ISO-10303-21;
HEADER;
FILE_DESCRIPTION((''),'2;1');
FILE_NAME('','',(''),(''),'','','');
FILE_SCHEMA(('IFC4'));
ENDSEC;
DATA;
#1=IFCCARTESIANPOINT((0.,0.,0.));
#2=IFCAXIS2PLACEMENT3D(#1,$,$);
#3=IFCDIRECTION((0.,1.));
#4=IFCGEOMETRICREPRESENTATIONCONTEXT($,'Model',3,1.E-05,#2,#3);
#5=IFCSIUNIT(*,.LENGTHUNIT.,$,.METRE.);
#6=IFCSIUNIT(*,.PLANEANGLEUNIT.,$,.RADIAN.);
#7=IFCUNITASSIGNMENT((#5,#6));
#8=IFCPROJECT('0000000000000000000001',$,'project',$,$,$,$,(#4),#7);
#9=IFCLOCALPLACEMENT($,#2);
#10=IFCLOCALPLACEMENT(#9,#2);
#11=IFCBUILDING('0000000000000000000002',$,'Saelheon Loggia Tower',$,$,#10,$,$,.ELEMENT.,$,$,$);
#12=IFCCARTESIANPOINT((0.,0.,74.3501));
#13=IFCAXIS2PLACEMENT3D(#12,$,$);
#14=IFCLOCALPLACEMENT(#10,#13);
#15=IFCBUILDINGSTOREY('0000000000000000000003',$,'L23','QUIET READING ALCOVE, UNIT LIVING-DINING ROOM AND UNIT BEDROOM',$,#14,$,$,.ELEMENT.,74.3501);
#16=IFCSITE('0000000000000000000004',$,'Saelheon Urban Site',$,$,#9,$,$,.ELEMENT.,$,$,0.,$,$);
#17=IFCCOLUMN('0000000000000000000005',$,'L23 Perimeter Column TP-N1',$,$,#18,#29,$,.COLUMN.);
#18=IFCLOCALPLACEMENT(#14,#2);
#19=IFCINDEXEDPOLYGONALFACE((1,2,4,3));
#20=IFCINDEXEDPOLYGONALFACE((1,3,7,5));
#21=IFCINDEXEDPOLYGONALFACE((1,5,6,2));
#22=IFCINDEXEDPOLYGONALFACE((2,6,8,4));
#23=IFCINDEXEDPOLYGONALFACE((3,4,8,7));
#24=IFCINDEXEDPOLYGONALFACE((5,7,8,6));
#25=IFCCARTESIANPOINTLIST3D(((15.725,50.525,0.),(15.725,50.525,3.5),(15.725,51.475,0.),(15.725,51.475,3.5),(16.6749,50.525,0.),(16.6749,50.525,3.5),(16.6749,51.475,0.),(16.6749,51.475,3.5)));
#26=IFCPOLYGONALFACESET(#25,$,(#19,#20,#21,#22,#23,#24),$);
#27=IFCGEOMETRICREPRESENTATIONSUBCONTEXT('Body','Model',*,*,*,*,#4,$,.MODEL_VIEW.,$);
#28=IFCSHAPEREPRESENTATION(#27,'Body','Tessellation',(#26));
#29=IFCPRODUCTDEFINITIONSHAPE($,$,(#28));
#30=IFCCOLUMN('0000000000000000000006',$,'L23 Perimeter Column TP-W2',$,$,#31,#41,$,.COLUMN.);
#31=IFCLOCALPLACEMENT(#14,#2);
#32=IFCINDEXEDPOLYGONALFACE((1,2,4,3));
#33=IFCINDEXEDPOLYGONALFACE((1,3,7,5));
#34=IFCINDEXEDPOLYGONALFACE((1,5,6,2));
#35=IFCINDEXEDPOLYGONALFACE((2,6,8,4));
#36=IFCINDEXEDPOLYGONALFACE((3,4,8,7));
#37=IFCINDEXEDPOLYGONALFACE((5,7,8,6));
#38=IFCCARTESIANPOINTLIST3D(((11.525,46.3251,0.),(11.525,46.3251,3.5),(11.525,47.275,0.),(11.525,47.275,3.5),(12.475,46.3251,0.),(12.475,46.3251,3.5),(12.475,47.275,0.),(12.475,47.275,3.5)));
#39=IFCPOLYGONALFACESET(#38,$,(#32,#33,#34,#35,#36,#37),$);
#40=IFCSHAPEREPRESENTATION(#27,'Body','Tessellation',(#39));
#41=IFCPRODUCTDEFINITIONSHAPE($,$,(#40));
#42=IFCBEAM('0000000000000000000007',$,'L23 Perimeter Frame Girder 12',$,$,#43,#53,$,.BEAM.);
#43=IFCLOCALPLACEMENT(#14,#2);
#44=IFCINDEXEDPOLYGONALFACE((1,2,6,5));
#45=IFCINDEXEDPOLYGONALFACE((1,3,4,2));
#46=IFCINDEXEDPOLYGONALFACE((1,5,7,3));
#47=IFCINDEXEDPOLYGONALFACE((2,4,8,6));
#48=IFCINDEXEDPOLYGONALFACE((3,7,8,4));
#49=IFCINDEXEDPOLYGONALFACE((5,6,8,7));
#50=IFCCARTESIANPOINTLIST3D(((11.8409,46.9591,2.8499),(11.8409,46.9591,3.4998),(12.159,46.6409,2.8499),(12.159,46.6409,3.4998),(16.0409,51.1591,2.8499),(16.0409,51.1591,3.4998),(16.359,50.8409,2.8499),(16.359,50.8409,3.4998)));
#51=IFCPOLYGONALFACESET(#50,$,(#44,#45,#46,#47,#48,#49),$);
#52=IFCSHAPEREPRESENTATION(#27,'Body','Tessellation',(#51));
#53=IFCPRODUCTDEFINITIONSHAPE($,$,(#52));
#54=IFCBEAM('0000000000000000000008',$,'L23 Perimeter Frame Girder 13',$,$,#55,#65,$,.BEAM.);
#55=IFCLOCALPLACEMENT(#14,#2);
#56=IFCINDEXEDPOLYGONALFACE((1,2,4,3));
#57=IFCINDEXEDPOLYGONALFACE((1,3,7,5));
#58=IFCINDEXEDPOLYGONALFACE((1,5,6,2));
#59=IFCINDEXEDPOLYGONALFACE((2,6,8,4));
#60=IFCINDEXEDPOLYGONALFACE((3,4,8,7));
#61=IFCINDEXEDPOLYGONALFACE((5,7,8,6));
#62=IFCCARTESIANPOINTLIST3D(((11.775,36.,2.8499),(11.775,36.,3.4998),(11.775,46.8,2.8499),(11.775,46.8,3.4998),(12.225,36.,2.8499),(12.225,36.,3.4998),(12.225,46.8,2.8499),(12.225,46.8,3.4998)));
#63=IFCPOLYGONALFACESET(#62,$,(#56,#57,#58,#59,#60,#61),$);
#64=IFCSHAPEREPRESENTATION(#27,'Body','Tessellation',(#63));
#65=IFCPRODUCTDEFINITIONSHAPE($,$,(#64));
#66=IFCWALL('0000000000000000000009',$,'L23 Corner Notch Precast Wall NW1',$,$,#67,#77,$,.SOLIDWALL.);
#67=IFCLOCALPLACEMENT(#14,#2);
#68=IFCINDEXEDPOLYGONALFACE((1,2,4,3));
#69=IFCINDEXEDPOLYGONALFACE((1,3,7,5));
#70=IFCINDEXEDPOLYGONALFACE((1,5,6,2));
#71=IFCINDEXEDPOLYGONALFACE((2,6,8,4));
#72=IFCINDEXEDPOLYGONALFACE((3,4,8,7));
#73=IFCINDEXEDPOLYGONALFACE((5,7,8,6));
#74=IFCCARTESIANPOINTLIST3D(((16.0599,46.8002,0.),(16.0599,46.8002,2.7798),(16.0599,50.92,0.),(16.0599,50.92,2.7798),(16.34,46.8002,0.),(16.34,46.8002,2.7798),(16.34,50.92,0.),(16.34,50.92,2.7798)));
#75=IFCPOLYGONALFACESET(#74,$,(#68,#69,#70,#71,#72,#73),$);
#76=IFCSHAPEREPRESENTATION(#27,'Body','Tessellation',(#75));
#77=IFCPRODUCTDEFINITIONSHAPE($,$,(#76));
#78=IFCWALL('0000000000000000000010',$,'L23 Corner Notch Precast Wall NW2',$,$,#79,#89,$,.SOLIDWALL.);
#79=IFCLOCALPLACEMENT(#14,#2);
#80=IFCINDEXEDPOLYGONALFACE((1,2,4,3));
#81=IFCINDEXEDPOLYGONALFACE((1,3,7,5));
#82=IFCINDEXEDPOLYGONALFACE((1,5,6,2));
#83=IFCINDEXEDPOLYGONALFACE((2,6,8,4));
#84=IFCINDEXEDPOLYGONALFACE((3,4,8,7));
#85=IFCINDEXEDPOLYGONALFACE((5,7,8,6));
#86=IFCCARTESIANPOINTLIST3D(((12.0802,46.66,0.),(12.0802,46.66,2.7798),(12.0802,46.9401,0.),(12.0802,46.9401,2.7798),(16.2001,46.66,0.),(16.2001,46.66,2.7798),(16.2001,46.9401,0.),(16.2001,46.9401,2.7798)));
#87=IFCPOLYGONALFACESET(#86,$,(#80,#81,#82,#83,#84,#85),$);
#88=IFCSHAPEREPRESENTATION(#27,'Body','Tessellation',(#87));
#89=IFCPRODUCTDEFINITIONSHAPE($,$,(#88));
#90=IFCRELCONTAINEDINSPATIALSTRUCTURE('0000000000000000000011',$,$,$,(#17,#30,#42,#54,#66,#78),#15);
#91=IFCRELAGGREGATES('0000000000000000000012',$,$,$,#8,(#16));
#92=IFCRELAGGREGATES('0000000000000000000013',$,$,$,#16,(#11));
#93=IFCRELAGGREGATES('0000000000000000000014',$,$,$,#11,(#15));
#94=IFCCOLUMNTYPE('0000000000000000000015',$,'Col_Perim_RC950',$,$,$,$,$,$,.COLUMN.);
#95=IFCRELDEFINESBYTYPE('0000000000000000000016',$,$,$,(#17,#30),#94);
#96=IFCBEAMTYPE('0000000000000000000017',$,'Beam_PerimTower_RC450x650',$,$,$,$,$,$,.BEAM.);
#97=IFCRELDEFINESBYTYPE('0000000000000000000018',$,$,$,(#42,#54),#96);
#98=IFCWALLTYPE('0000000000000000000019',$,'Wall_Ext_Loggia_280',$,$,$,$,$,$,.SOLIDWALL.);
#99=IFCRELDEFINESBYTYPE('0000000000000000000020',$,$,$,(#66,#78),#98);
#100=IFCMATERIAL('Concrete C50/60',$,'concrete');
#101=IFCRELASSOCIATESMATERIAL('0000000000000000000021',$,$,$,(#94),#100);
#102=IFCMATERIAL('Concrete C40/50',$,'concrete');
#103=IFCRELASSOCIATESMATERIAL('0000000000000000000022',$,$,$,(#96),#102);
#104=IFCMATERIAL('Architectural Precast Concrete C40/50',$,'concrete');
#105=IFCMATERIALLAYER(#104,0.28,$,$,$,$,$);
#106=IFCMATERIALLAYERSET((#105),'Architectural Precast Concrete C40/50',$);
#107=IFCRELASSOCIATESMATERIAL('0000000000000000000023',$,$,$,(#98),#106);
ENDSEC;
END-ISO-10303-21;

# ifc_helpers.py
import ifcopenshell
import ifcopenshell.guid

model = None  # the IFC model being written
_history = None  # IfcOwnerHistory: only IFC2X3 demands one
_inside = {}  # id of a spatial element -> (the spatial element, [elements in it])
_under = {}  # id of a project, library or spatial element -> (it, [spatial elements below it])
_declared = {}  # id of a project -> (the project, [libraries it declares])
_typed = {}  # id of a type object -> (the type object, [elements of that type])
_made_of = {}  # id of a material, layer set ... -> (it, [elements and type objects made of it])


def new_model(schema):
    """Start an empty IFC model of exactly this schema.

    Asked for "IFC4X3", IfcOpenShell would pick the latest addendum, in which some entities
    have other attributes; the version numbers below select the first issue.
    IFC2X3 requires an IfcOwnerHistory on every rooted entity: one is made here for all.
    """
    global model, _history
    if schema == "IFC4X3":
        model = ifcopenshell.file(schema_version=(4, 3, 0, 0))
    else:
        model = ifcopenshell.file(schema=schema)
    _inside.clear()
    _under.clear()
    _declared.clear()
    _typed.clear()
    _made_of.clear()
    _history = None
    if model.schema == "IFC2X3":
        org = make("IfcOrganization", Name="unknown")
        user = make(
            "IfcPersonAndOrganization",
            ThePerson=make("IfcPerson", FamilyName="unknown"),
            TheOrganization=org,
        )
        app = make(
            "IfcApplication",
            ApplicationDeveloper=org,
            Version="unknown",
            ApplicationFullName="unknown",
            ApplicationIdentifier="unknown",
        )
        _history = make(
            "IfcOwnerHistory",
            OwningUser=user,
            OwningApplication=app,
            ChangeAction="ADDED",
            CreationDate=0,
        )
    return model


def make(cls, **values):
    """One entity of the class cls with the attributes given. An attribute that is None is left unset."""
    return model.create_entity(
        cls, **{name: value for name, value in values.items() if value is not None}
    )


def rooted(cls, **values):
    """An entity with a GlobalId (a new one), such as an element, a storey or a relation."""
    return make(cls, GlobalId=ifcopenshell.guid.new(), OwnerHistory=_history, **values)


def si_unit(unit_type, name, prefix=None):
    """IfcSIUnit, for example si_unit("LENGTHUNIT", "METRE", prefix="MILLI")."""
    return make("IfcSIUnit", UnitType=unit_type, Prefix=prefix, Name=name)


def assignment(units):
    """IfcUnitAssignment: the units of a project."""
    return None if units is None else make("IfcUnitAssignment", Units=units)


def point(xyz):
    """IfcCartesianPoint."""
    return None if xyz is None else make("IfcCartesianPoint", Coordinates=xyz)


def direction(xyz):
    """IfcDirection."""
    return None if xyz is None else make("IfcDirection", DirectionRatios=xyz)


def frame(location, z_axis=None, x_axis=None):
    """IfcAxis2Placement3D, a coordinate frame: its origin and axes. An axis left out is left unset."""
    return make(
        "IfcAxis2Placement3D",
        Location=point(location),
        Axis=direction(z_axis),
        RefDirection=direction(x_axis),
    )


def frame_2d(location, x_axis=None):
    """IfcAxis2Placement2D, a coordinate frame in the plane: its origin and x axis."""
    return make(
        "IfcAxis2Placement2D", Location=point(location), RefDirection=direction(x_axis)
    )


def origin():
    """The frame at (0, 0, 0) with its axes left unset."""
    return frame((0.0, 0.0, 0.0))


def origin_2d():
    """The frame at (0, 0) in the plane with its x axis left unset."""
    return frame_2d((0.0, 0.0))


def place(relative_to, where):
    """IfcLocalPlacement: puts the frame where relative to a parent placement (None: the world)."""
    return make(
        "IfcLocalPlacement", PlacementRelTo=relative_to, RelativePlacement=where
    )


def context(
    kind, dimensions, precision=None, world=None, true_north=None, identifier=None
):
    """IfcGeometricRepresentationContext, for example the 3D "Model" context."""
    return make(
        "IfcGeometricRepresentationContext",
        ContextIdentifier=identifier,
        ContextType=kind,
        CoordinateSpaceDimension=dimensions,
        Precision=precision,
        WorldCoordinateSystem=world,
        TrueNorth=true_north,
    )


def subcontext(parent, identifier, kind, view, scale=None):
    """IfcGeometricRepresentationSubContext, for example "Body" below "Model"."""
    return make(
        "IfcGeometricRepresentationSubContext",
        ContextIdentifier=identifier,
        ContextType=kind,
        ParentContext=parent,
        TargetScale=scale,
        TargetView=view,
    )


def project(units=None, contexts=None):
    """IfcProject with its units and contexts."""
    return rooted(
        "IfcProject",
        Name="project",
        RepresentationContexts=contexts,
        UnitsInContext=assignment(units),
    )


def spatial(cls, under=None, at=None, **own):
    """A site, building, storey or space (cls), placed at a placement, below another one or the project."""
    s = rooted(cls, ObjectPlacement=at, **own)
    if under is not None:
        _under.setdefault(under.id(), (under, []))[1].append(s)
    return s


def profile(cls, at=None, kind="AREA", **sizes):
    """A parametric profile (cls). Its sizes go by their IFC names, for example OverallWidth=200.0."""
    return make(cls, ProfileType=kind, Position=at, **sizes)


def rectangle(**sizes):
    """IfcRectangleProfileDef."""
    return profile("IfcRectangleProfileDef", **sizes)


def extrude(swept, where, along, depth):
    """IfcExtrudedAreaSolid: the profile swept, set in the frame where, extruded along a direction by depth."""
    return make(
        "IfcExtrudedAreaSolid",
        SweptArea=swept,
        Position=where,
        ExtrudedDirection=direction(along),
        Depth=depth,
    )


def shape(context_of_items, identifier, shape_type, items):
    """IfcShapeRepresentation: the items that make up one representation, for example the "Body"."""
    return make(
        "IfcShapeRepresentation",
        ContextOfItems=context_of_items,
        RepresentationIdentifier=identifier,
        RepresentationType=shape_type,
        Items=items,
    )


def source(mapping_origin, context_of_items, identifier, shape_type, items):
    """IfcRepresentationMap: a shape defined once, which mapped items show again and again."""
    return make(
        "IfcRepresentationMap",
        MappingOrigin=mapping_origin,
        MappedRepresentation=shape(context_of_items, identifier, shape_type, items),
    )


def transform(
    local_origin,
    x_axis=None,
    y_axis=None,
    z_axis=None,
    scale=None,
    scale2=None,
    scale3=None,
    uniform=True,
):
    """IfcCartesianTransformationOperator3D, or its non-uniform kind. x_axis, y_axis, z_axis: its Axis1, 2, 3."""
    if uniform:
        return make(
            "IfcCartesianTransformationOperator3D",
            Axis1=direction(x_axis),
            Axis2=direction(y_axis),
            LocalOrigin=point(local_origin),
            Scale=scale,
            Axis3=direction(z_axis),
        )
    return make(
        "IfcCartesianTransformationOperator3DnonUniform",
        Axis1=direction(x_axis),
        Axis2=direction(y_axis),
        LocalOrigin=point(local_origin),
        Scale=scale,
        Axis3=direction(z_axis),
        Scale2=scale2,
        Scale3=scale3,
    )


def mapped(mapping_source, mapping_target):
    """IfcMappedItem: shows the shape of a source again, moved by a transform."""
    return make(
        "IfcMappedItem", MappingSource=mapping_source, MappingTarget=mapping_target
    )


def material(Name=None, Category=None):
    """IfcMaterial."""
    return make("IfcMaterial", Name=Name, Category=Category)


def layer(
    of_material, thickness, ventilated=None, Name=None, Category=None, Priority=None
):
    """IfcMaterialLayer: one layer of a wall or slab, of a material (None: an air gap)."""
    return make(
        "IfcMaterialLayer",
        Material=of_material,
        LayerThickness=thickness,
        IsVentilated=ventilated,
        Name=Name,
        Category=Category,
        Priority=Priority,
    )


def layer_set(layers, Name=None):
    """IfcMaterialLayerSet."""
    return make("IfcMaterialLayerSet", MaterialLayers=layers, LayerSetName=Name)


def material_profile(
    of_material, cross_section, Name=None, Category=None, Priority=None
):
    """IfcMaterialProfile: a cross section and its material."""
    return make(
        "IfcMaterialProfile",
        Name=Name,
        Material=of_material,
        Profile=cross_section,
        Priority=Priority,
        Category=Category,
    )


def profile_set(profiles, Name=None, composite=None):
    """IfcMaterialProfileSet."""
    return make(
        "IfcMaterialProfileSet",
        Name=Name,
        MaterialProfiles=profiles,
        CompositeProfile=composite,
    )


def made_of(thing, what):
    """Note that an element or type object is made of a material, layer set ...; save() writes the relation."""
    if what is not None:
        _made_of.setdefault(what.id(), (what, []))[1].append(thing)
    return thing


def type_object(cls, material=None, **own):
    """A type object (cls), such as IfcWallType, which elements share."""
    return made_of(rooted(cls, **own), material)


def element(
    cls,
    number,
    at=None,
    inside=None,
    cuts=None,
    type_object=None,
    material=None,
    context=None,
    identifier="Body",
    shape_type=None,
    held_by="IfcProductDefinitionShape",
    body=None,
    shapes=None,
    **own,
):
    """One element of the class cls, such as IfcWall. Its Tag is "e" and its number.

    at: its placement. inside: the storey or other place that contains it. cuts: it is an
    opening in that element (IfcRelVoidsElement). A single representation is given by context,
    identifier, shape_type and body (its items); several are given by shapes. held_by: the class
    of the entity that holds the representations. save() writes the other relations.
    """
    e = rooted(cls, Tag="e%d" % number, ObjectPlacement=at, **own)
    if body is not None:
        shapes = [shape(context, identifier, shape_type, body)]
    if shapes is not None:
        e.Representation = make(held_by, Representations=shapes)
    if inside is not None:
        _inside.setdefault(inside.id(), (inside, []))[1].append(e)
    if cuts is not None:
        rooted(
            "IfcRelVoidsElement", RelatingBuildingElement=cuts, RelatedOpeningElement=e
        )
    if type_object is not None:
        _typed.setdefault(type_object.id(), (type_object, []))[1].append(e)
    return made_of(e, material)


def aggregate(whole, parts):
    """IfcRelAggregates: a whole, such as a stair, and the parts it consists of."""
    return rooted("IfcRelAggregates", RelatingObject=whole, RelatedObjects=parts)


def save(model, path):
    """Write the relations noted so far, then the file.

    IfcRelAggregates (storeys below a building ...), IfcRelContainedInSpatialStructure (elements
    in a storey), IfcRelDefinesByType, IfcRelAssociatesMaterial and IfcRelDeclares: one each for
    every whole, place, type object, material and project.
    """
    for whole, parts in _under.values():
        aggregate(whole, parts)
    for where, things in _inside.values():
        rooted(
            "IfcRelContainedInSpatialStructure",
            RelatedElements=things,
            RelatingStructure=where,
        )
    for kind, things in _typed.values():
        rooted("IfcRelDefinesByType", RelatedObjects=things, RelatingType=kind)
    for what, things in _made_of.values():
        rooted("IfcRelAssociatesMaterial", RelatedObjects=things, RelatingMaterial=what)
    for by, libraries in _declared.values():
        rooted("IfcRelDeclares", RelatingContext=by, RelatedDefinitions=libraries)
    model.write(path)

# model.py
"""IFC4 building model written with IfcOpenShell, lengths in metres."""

from ifc_helpers import new_model, si_unit, direction, frame, frame_2d, origin, origin_2d, place, context, subcontext, project, spatial, rectangle, extrude, source, transform, mapped, material, layer, layer_set, material_profile, profile_set, type_object, element, save


model = new_model("IFC4")

# Units and contexts
model_context = context("Model", 3, precision=1e-05, world=origin(), true_north=direction((0.0, 1.0)))
body_context = subcontext(model_context, "Body", "Model", "MODEL_VIEW")
ifc_project = project(units=[si_unit("LENGTHUNIT", "METRE"), si_unit("PLANEANGLEUNIT", "RADIAN")], contexts=[model_context])

# Site, building, storey
site_placement = place(None, origin())
site = spatial("IfcSite", under=ifc_project, at=site_placement, Name="Saelheon Urban Site", CompositionType="ELEMENT", RefElevation=0.0)
building_placement = place(site_placement, origin())
building = spatial("IfcBuilding", under=site, at=building_placement, Name="Saelheon Loggia Tower", CompositionType="ELEMENT")
storey_placement = place(building_placement, frame((0.0, 0.0, 74.3501)))
storey = spatial("IfcBuildingStorey", under=building, at=storey_placement, Name="L23", Description="QUIET READING ALCOVE, UNIT LIVING-DINING ROOM AND UNIT BEDROOM", CompositionType="ELEMENT", Elevation=74.3501)

# Columns
ifc_material_1 = material(Name="Concrete C50/60", Category="concrete")
ifc_material_profile_1 = material_profile(ifc_material_1, rectangle(XDim=0.95, YDim=0.95, at=origin_2d()), Name="RC-950x950")
ifc_profile_set_1 = profile_set([ifc_material_profile_1], Name="Concrete C50/60")
column_type = type_object("IfcColumnType", Name="Col_Perim_RC950", PredefinedType="COLUMN", material=ifc_profile_set_1)
shared_shape_1 = source(origin(), body_context, "Body", "SweptSolid", [
    extrude(rectangle(XDim=0.95, YDim=0.95, at=origin_2d()), origin(), (0.0, 0.0, 1.0), 3.5),
])
for number, where, z_axis, x_axis, name in (
    (1, (16.2, 51.0, 0.0), (0.0, 0.0, 1.0), (1.0, 0.0, 0.0), "L23 Perimeter Column TP-N1"),
    (2, (12.0, 46.8, 0.0), (0.0, 0.0, 1.0), (1.0, 0.0, 0.0), "L23 Perimeter Column TP-W2"),
):
    element("IfcColumn", number, at=place(storey_placement, frame(where, z_axis=z_axis, x_axis=x_axis)), inside=storey, type_object=column_type, Name=name, PredefinedType="COLUMN", context=body_context, shape_type="MappedRepresentation", body=[
        mapped(shared_shape_1, transform((0.0, 0.0, 0.0), scale=1.0)),
    ])

# Beams
ifc_material_2 = material(Name="Concrete C40/50", Category="concrete")
ifc_material_profile_2 = material_profile(ifc_material_2, rectangle(XDim=0.45, YDim=0.6499, at=origin_2d()), Name="RC-450x650")
ifc_profile_set_2 = profile_set([ifc_material_profile_2], Name="Concrete C40/50")
beam_type = type_object("IfcBeamType", Name="Beam_PerimTower_RC450x650", PredefinedType="BEAM", material=ifc_profile_set_2)
shared_shape_2 = source(origin(), body_context, "Body", "SweptSolid", [
    extrude(rectangle(XDim=0.45, YDim=0.6499, at=origin_2d()), origin(), (0.0, 0.0, 1.0), 5.9397),
])
beam_1_placement = place(storey_placement, frame((16.2, 51.0, 3.1748), z_axis=(-0.707107, -0.707107, 0.0), x_axis=(0.707107, -0.707107, 0.0)))
element("IfcBeam", 3, at=beam_1_placement, inside=storey, type_object=beam_type, Name="L23 Perimeter Frame Girder 12", PredefinedType="BEAM", context=body_context, shape_type="MappedRepresentation", body=[
    mapped(shared_shape_2, transform((0.0, 0.0, 0.0), scale=1.0)),
])
shared_shape_3 = source(origin(), body_context, "Body", "SweptSolid", [
    extrude(rectangle(XDim=0.45, YDim=0.6499, at=origin_2d()), origin(), (0.0, 0.0, 1.0), 10.8),
])
beam_2_placement = place(storey_placement, frame((12.0, 46.8, 3.1748), z_axis=(0.0, -1.0, 0.0), x_axis=(1.0, 0.0, 0.0)))
element("IfcBeam", 4, at=beam_2_placement, inside=storey, type_object=beam_type, Name="L23 Perimeter Frame Girder 13", PredefinedType="BEAM", context=body_context, shape_type="MappedRepresentation", body=[
    mapped(shared_shape_3, transform((0.0, 0.0, 0.0), scale=1.0)),
])

# Shared definitions
ifc_material_3 = material(Name="Architectural Precast Concrete C40/50", Category="concrete")
ifc_layer = layer(ifc_material_3, 0.28)
ifc_layer_set = layer_set([ifc_layer], Name="Architectural Precast Concrete C40/50")
wall_type = type_object("IfcWallType", Name="Wall_Ext_Loggia_280", PredefinedType="SOLIDWALL", material=ifc_layer_set)

# Walls
for number, where, z_axis, x_axis, name in (
    (5, (16.2, 46.8, 0.0), (0.0, 0.0, 1.0), (0.0, 1.0, 0.0), "L23 Corner Notch Precast Wall NW1"),
    (6, (12.0801, 46.8, 0.0), (0.0, 0.0, 1.0), (1.0, 0.0, 0.0), "L23 Corner Notch Precast Wall NW2"),
):
    element("IfcWall", number, at=place(storey_placement, frame(where, z_axis=z_axis, x_axis=x_axis)), inside=storey, type_object=wall_type, Name=name, PredefinedType="SOLIDWALL", context=body_context, shape_type="SweptSolid", body=[
        extrude(rectangle(XDim=4.1199, YDim=0.28, at=frame_2d((2.0601, 0.0))), origin(), (0.0, 0.0, 1.0), 2.7798),
    ])

save(model, "model.ifc")
